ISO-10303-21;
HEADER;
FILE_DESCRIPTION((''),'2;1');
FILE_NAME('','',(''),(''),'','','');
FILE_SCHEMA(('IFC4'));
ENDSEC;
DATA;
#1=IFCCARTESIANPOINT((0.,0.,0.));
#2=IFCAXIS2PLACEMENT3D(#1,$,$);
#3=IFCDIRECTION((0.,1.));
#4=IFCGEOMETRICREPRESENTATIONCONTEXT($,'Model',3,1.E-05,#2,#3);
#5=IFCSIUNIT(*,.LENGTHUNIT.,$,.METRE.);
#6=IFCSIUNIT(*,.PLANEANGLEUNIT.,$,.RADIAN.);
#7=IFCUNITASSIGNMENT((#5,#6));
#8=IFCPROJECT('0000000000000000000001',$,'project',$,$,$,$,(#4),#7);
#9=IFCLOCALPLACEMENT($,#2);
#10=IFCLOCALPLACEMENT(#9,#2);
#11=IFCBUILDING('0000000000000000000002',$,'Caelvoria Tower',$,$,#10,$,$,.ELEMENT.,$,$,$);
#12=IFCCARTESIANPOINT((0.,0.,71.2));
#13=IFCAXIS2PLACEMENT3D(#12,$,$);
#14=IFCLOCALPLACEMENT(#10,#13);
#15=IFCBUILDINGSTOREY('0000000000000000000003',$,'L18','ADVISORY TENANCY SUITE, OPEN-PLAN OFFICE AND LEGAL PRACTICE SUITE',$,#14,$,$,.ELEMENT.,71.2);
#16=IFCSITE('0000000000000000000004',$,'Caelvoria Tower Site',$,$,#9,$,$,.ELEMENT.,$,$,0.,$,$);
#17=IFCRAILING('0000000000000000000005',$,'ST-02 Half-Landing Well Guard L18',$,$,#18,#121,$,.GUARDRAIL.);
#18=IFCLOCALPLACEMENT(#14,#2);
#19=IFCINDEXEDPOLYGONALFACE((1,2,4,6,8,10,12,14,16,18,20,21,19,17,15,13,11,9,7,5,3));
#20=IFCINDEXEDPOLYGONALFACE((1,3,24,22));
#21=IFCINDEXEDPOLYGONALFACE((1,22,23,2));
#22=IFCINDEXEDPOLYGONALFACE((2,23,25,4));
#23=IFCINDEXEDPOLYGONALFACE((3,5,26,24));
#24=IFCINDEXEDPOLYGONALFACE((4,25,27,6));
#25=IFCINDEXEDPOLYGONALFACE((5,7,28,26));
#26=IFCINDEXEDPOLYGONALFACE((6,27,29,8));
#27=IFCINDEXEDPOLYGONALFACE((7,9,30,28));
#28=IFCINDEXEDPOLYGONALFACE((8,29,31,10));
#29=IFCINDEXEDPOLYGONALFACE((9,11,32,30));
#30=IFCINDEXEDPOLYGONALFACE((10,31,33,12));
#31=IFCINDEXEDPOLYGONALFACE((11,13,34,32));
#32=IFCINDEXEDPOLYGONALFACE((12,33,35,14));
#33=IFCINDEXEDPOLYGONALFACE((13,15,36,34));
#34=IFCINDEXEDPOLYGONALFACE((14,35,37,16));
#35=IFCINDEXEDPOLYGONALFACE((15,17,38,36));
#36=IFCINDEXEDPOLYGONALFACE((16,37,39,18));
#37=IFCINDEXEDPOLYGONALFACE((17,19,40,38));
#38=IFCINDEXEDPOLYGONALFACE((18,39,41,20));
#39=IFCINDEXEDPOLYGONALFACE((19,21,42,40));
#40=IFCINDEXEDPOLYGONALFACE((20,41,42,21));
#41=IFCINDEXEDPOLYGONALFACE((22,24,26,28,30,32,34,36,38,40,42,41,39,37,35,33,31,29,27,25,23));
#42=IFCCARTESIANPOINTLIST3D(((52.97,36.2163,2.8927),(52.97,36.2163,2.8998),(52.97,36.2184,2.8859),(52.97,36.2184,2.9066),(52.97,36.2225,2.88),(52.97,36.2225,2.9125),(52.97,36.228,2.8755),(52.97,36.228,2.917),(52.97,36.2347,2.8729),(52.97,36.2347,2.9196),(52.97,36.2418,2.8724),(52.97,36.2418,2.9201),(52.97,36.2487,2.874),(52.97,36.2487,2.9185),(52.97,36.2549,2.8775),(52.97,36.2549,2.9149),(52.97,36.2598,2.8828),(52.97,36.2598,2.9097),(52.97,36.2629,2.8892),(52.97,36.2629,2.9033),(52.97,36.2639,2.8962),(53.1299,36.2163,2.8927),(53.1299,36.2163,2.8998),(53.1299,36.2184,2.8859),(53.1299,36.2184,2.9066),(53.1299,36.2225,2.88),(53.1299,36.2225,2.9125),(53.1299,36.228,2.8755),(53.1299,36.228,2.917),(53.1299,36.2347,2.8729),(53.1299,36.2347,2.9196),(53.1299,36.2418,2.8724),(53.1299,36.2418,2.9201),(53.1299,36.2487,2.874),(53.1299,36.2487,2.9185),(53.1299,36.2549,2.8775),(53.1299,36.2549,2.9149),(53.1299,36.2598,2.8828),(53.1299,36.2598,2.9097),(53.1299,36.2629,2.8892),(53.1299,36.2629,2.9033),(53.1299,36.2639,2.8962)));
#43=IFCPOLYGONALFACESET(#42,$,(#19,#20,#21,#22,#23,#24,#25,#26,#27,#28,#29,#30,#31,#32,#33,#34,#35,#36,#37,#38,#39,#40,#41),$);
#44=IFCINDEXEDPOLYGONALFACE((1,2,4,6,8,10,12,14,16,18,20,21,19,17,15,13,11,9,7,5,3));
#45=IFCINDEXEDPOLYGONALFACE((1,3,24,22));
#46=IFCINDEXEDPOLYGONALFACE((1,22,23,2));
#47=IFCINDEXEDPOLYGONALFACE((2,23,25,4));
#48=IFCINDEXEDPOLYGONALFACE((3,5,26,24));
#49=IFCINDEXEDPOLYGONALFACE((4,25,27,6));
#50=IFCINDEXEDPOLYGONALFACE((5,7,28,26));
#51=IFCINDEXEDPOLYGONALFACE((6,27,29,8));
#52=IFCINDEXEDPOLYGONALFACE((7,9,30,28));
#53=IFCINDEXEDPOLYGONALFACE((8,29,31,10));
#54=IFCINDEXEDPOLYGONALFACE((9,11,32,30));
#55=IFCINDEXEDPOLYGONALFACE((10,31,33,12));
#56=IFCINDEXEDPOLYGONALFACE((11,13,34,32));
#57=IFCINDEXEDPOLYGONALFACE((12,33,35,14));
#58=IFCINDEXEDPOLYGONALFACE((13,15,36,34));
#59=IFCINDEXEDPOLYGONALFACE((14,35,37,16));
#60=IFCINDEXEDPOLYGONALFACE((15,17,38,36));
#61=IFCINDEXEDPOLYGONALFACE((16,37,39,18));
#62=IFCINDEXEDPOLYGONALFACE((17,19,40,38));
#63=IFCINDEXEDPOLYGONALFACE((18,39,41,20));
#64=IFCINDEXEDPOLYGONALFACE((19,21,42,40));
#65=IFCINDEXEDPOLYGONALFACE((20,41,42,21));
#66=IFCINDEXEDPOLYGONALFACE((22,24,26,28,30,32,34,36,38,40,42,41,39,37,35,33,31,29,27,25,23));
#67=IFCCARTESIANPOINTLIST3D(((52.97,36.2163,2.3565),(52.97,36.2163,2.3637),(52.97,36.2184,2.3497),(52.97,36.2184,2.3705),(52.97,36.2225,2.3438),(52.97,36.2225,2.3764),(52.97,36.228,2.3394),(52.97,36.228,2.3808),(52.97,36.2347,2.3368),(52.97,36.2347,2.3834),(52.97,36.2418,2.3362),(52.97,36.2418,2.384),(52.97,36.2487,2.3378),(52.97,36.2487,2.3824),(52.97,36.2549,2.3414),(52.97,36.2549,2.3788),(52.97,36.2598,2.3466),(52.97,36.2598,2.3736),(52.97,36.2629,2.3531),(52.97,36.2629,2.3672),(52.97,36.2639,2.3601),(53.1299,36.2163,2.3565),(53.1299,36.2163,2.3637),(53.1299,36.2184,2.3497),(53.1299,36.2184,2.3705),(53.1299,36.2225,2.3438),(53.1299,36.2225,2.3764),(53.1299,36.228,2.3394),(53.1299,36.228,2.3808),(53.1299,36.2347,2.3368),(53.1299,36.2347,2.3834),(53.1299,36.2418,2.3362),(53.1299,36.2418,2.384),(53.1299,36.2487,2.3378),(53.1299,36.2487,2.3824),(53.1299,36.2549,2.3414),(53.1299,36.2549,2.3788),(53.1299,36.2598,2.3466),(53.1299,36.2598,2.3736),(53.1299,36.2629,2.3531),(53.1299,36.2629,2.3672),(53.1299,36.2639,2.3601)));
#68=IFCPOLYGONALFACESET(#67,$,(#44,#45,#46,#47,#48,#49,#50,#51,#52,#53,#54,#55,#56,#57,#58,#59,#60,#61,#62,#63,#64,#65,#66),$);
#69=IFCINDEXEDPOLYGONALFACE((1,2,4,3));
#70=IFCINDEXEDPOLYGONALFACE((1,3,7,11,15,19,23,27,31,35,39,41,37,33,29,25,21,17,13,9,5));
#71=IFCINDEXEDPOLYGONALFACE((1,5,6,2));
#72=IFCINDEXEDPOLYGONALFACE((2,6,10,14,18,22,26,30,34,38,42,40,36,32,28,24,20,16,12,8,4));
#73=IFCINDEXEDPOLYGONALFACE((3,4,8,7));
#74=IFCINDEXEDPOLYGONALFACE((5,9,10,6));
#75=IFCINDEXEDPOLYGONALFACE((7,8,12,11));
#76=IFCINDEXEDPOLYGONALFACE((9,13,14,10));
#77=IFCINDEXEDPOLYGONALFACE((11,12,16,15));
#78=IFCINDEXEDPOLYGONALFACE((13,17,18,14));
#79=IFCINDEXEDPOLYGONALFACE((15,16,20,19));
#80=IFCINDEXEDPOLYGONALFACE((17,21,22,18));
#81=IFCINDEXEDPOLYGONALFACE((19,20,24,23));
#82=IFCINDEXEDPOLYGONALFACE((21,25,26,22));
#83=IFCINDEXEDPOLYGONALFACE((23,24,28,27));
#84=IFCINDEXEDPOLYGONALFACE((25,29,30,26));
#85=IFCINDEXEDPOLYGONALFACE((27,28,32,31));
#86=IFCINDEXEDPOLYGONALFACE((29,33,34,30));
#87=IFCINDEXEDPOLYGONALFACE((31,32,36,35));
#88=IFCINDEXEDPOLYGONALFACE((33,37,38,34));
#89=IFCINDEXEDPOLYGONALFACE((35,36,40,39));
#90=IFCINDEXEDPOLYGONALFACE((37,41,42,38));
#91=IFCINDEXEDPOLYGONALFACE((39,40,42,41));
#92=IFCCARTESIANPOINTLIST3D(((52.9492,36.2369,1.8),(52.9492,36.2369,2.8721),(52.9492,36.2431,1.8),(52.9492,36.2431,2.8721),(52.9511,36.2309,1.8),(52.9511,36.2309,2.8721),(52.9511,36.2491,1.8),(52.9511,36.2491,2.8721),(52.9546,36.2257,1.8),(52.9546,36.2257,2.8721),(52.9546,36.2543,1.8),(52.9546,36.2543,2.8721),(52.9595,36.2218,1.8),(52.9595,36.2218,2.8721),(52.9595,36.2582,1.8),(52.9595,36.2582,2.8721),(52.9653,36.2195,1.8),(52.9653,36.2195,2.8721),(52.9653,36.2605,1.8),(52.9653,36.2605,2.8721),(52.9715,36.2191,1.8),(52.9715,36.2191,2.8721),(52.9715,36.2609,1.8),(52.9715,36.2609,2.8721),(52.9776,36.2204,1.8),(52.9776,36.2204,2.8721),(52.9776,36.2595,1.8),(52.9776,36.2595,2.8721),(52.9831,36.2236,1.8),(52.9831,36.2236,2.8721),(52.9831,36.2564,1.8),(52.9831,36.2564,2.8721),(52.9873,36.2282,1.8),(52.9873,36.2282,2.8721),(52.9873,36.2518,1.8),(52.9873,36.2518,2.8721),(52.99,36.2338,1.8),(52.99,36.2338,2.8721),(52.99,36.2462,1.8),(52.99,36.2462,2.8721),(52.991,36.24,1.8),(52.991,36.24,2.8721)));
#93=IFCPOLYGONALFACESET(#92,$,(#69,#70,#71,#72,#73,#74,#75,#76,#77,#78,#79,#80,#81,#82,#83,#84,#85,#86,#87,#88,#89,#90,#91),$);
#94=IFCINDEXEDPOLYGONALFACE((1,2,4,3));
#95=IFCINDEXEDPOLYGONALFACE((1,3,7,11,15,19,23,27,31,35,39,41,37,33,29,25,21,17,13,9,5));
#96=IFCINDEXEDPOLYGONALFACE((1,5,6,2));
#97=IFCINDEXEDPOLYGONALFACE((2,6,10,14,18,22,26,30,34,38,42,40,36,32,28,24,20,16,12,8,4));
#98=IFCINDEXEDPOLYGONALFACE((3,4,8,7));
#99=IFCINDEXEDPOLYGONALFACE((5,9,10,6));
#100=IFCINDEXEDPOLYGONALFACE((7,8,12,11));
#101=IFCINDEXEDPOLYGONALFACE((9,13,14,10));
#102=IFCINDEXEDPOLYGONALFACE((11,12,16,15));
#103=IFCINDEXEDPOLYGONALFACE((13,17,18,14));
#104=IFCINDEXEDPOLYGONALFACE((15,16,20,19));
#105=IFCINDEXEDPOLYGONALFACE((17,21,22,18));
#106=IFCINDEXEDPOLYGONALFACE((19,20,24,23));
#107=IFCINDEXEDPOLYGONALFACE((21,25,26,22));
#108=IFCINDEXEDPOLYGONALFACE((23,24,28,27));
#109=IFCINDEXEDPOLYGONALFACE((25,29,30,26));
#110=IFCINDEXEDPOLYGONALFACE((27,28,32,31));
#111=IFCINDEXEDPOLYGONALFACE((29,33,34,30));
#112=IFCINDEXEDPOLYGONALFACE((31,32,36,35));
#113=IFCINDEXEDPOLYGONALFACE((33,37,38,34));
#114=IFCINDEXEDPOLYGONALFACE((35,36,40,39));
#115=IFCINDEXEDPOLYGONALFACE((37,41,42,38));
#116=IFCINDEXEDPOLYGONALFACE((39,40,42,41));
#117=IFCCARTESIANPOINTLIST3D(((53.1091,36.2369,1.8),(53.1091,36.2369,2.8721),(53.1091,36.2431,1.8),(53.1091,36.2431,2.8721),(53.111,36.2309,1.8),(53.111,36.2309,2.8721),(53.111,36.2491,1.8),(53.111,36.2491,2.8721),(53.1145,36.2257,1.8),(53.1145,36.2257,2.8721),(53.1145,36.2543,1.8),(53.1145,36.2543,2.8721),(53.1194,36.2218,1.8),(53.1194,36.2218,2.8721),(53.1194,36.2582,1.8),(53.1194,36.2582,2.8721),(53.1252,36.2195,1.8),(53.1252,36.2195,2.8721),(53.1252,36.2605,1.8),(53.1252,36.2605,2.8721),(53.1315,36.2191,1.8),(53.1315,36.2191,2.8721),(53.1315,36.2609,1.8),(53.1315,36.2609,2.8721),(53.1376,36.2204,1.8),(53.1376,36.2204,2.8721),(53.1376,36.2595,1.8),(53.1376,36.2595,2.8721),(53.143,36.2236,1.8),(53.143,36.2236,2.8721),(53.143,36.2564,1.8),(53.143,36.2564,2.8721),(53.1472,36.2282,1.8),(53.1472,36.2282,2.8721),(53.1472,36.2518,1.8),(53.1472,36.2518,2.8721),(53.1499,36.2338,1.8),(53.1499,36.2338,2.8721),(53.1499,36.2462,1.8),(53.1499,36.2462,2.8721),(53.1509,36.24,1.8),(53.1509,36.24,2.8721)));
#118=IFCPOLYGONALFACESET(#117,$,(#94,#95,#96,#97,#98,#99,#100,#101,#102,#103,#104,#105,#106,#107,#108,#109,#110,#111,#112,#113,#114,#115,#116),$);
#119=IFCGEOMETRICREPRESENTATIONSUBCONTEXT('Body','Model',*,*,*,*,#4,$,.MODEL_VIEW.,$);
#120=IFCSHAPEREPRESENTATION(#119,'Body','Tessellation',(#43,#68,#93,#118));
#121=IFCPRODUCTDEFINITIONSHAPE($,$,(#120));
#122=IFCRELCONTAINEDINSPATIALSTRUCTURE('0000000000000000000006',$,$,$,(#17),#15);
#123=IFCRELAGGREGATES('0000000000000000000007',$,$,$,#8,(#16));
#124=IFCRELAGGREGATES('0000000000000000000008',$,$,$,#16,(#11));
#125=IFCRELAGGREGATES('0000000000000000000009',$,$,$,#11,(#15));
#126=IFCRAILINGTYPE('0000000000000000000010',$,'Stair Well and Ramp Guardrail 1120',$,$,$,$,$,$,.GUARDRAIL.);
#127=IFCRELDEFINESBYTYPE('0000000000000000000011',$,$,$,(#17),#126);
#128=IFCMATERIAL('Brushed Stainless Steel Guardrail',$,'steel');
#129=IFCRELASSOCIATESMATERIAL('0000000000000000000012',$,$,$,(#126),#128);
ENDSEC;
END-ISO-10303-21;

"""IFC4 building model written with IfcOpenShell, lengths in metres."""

from ifc_helpers import new_model, si_unit, direction, frame, origin, origin_2d, place, context, subcontext, project, spatial, circle, extrude, material, type_object, element, save


model = new_model("IFC4")

# Units and contexts
model_context = context("Model", 3, precision=1e-05, world=origin(), true_north=direction((0.0, 1.0)))
body_context = subcontext(model_context, "Body", "Model", "MODEL_VIEW")
ifc_project = project(units=[si_unit("LENGTHUNIT", "METRE"), si_unit("PLANEANGLEUNIT", "RADIAN")], contexts=[model_context])

# Site, building, storey
site_placement = place(None, origin())
site = spatial("IfcSite", under=ifc_project, at=site_placement, Name="Caelvoria Tower Site", CompositionType="ELEMENT", RefElevation=0.0)
building_placement = place(site_placement, origin())
building = spatial("IfcBuilding", under=site, at=building_placement, Name="Caelvoria Tower", CompositionType="ELEMENT")
storey_placement = place(building_placement, frame((0.0, 0.0, 71.2)))
storey = spatial("IfcBuildingStorey", under=building, at=storey_placement, Name="L18", Description="ADVISORY TENANCY SUITE, OPEN-PLAN OFFICE AND LEGAL PRACTICE SUITE", CompositionType="ELEMENT", Elevation=71.2)

# Railing
ifc_material_1 = material(Name="Brushed Stainless Steel Guardrail", Category="steel")
railing_type_1 = type_object("IfcRailingType", Name="Stair Well and Ramp Guardrail 1120", PredefinedType="GUARDRAIL", material=ifc_material_1)
railing_1_placement = place(storey_placement, frame((52.97, 36.24, 1.8)))
element("IfcRailing", 1, at=railing_1_placement, inside=storey, type_object=railing_type_1, Name="ST-02 Half-Landing Well Guard L18", PredefinedType="GUARDRAIL", context=body_context, shape_type="SweptSolid", body=[
    extrude(circle(Radius=0.0239, at=origin_2d()), frame((0.0, 0.0, 1.0962), z_axis=(1.0, 0.0, 0.0), x_axis=(0.0, 1.0, 0.0)), (0.0, 0.0, 1.0), 0.1599),
    extrude(circle(Radius=0.0239, at=origin_2d()), frame((0.0, 0.0, 0.5601), z_axis=(1.0, 0.0, 0.0), x_axis=(0.0, 1.0, 0.0)), (0.0, 0.0, 1.0), 0.1599),
    extrude(circle(Radius=0.021, at=origin_2d()), origin(), (0.0, 0.0, 1.0), 1.072),
    extrude(circle(Radius=0.021, at=origin_2d()), frame((0.1599, 0.0, 0.0)), (0.0, 0.0, 1.0), 1.072),
])

save(model, "model.ifc")
